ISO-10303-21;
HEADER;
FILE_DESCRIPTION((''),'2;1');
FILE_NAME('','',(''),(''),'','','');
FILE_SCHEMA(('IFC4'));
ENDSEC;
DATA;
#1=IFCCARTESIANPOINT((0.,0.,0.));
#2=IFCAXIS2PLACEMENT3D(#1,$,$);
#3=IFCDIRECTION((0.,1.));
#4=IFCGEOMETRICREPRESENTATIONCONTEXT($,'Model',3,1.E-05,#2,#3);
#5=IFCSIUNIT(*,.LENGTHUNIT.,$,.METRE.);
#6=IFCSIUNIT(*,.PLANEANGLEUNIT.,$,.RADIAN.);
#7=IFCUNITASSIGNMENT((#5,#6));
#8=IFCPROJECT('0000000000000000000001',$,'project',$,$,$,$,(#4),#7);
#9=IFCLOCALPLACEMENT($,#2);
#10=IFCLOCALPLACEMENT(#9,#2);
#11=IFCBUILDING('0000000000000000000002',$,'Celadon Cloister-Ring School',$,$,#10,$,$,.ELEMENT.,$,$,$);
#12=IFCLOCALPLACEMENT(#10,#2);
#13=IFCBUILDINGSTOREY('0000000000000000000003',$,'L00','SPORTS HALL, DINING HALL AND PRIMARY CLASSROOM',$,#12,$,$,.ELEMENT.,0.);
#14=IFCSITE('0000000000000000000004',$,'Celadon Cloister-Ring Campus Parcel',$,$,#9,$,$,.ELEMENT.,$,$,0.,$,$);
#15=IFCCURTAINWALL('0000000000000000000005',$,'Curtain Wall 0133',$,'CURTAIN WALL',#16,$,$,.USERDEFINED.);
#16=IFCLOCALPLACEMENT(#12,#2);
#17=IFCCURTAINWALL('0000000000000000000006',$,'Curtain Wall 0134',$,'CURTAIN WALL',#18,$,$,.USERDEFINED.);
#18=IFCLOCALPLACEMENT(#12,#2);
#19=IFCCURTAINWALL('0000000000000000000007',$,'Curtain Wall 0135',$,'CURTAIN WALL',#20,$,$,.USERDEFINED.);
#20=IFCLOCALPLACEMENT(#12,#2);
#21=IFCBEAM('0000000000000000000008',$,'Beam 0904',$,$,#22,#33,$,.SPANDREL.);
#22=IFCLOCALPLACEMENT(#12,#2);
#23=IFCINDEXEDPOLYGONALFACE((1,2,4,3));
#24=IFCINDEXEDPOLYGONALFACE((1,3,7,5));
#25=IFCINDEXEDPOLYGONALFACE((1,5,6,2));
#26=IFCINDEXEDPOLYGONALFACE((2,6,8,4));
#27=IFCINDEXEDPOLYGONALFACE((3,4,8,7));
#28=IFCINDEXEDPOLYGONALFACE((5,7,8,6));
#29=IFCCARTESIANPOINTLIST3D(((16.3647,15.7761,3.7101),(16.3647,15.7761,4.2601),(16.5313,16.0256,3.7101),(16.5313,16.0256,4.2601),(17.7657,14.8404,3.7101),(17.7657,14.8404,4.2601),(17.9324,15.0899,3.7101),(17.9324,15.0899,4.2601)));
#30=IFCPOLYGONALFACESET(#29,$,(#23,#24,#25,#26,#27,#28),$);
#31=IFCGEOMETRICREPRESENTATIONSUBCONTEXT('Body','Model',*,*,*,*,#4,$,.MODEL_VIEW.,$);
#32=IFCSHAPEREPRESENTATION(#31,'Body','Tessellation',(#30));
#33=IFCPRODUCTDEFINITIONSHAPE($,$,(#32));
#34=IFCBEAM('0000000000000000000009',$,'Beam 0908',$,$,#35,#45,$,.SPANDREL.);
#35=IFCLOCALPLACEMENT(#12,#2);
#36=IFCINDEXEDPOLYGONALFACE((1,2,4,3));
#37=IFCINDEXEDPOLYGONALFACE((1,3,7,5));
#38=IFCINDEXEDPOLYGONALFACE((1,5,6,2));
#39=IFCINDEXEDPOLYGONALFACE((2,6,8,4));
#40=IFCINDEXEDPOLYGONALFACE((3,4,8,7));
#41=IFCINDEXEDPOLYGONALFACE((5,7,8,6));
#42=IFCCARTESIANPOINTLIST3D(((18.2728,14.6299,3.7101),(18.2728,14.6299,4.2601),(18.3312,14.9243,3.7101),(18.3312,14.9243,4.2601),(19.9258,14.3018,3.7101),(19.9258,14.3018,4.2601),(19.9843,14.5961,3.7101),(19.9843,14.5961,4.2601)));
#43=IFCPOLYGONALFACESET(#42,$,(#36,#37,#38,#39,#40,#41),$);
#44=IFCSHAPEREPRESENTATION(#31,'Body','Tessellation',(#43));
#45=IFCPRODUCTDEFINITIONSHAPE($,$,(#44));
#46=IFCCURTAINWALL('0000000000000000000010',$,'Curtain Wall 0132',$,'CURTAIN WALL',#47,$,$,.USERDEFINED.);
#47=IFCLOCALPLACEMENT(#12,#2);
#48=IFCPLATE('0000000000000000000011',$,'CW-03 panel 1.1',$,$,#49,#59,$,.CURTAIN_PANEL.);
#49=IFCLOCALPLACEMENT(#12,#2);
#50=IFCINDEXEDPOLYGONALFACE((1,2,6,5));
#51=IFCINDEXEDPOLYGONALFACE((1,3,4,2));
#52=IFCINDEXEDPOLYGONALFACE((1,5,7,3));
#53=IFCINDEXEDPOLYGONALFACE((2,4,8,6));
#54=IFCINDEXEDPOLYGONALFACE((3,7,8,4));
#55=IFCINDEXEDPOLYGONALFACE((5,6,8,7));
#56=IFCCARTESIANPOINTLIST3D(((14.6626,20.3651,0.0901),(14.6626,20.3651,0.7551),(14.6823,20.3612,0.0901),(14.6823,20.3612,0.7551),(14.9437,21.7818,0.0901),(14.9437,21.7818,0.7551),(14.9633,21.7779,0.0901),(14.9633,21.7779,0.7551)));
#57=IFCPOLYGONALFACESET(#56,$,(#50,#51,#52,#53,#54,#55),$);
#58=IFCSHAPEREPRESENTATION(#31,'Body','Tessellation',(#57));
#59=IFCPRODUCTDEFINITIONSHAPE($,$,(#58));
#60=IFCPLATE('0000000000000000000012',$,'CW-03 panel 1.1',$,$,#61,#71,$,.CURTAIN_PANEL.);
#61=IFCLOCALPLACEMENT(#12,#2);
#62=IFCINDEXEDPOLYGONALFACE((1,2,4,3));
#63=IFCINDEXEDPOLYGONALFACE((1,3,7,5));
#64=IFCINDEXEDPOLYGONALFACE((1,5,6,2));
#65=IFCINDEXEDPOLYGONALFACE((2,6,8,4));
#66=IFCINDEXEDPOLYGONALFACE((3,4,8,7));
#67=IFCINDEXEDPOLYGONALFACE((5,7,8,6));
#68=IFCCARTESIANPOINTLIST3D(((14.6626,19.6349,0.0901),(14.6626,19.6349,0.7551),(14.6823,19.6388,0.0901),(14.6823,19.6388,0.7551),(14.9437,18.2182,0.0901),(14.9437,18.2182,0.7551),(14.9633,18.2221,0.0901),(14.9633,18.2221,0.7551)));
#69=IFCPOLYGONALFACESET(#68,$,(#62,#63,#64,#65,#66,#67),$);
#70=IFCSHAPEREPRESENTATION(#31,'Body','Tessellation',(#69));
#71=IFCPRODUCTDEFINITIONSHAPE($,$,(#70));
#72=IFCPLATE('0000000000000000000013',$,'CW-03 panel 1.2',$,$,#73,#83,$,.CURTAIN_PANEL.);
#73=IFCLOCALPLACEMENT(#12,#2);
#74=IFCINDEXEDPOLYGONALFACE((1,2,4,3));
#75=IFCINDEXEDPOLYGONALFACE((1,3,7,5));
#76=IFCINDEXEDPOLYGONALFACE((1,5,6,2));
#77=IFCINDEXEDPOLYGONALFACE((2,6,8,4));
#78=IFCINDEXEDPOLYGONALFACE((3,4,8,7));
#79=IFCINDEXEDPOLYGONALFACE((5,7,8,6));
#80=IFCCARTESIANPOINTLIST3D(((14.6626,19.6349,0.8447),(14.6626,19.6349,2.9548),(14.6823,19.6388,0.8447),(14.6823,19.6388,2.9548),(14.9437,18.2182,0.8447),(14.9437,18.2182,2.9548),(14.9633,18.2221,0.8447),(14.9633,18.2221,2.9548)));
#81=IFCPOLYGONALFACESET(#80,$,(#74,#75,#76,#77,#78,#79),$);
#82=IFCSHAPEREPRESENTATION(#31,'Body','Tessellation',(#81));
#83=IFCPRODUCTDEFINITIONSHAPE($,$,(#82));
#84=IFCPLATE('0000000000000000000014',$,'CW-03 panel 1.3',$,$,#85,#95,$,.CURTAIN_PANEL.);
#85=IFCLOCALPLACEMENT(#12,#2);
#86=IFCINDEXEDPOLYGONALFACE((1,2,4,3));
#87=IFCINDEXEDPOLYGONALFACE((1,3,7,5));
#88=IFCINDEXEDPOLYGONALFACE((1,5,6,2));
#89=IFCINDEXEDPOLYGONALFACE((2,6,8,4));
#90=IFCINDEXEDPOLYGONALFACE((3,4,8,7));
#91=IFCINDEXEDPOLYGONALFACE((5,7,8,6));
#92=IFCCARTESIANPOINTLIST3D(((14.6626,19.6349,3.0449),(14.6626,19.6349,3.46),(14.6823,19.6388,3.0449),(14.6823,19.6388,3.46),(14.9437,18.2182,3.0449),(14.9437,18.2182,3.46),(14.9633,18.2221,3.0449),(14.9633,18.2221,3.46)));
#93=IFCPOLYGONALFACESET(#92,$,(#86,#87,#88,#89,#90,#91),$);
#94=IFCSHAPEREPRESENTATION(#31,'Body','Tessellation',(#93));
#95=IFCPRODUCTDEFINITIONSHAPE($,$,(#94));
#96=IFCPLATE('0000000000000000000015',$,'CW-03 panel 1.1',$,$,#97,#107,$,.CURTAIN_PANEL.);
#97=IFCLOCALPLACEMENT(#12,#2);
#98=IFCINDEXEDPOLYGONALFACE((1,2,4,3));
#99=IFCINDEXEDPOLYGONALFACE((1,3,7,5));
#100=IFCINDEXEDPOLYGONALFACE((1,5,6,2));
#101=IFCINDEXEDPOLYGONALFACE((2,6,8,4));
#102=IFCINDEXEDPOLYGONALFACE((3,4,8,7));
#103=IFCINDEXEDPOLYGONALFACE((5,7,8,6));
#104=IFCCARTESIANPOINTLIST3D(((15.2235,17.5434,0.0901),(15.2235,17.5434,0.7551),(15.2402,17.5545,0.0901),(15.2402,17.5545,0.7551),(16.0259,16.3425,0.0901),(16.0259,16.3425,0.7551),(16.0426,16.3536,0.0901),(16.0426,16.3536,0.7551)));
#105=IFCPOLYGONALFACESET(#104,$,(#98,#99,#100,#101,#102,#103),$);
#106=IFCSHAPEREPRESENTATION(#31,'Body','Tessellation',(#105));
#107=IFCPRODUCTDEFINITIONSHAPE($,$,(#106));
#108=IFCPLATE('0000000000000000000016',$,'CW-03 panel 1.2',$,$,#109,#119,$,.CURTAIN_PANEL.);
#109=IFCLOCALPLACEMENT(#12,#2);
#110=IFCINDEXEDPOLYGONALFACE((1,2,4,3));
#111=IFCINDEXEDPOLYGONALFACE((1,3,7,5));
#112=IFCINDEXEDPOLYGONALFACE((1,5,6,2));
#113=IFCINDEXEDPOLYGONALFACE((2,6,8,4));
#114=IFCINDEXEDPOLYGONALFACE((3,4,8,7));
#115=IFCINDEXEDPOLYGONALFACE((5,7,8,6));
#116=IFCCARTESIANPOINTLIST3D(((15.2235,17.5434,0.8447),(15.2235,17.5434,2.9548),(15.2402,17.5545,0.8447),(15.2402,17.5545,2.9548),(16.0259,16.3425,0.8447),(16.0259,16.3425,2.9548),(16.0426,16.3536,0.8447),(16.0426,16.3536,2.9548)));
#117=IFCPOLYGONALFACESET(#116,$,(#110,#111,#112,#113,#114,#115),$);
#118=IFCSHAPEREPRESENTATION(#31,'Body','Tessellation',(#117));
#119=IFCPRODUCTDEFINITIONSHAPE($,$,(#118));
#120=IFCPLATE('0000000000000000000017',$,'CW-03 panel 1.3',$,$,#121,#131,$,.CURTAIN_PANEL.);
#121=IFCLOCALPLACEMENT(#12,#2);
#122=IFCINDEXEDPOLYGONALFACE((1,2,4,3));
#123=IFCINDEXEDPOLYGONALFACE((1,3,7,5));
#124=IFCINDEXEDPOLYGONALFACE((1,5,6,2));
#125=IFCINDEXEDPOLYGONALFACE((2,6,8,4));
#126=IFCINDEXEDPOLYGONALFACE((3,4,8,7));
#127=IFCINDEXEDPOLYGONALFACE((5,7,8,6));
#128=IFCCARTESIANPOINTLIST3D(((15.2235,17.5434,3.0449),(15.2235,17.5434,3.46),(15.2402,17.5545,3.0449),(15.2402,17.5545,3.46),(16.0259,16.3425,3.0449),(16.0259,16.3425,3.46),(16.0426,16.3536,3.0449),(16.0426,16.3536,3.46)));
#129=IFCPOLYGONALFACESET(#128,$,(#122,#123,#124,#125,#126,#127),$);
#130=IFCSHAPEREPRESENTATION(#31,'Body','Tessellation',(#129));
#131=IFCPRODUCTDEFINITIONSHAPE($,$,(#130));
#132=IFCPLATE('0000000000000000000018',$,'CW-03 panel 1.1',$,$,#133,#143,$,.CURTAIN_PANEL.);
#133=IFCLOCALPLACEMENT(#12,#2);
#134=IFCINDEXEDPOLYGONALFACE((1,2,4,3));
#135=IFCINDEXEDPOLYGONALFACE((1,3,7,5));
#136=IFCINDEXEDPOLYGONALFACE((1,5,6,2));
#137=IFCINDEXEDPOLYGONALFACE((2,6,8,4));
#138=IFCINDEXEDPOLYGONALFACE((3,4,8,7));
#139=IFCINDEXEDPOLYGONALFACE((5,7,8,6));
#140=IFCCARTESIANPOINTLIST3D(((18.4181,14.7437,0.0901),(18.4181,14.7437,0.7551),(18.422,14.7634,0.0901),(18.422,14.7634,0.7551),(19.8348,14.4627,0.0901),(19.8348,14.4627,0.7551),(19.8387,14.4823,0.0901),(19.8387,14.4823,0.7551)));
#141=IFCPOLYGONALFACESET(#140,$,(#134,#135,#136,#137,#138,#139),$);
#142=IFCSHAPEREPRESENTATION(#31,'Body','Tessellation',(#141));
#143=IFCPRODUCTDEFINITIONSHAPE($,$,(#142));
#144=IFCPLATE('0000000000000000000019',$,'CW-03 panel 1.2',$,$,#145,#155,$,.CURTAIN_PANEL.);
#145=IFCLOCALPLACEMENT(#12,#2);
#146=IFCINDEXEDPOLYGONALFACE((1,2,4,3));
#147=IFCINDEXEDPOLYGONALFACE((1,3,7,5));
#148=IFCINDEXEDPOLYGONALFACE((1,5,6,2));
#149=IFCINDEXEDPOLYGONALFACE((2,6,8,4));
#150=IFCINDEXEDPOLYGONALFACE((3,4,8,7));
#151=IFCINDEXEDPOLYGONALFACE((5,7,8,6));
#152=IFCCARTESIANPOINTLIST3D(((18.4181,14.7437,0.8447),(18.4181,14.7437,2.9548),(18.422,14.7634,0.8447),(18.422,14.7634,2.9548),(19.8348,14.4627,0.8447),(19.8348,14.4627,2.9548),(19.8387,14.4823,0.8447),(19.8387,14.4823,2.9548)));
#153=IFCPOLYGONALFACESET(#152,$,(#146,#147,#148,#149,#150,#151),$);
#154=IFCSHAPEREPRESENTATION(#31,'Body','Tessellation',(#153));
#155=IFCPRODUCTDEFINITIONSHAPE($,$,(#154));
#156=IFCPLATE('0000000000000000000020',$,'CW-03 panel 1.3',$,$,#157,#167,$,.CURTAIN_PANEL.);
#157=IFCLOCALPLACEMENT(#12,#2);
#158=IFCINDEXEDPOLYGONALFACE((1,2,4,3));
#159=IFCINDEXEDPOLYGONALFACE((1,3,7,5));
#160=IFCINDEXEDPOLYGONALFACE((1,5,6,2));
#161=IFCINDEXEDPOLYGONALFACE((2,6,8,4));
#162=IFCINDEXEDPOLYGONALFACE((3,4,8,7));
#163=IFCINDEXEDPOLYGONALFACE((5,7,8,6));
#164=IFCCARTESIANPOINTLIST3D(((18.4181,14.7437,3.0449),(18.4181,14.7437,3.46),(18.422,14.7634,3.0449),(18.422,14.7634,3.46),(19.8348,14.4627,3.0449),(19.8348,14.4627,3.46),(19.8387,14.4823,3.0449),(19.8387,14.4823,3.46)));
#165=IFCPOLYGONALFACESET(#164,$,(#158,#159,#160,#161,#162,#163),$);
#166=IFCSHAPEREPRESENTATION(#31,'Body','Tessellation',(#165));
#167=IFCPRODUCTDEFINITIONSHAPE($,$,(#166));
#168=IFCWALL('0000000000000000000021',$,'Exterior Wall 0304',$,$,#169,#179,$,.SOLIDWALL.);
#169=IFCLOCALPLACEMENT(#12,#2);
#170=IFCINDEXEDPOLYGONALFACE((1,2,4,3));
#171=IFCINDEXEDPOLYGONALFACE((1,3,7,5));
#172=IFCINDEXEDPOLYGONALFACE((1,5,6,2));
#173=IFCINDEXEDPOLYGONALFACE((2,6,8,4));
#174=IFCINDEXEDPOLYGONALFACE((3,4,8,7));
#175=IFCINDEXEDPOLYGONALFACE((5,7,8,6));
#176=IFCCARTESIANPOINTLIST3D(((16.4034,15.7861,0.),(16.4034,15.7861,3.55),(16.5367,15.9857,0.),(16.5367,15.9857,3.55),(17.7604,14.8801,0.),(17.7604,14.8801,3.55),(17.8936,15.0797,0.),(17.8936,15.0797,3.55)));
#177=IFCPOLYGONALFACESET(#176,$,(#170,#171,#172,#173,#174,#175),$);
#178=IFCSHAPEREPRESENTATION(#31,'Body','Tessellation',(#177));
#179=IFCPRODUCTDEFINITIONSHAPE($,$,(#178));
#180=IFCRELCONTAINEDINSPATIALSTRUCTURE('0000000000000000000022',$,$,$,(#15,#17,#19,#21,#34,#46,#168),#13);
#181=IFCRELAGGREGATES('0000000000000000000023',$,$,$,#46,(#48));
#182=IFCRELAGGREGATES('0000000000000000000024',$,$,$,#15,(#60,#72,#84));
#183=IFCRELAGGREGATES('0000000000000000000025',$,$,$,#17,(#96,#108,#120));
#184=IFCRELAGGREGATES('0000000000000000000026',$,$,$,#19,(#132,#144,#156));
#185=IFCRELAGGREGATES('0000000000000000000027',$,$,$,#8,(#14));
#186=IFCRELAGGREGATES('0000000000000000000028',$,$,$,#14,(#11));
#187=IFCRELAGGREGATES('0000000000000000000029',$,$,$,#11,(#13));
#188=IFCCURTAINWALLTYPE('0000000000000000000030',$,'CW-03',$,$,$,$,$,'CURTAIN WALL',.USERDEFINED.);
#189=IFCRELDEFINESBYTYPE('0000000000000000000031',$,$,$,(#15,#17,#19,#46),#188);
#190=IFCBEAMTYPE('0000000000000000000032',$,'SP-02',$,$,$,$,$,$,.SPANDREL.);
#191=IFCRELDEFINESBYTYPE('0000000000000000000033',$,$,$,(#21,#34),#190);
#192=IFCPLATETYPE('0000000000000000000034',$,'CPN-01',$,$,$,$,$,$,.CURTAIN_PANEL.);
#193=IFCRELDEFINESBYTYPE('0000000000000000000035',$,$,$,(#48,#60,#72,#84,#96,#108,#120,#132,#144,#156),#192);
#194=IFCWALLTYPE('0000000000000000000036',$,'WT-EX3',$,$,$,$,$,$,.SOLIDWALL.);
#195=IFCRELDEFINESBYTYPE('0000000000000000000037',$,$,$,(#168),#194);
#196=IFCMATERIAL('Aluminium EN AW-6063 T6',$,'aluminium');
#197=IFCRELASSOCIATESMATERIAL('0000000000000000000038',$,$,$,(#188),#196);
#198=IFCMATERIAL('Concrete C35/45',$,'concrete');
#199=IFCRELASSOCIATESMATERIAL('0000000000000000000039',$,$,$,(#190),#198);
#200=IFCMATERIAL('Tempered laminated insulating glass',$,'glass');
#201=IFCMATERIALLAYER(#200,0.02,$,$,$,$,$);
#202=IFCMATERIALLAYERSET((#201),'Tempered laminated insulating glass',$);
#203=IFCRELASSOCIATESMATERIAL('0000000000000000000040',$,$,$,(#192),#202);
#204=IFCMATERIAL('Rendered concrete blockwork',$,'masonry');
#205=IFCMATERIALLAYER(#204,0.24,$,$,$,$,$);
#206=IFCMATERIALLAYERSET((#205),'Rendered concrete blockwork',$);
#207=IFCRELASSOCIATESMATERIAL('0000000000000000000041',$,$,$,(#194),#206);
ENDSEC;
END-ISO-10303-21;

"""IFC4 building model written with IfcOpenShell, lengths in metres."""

from ifc_helpers import new_model, si_unit, direction, frame, frame_2d, origin, origin_2d, place, context, subcontext, project, spatial, rectangle, extrude, material, layer, layer_set, material_profile, profile_set, type_object, element, aggregate, save


model = new_model("IFC4")

# Units and contexts
model_context = context("Model", 3, precision=1e-05, world=origin(), true_north=direction((0.0, 1.0)))
body_context = subcontext(model_context, "Body", "Model", "MODEL_VIEW")
ifc_project = project(units=[si_unit("LENGTHUNIT", "METRE"), si_unit("PLANEANGLEUNIT", "RADIAN")], contexts=[model_context])

# Site, building, storey
site_placement = place(None, origin())
site = spatial("IfcSite", under=ifc_project, at=site_placement, Name="Celadon Cloister-Ring Campus Parcel", CompositionType="ELEMENT", RefElevation=0.0)
building_placement = place(site_placement, origin())
building = spatial("IfcBuilding", under=site, at=building_placement, Name="Celadon Cloister-Ring School", CompositionType="ELEMENT")
storey_placement = place(building_placement, origin())
storey = spatial("IfcBuildingStorey", under=building, at=storey_placement, Name="L00", Description="SPORTS HALL, DINING HALL AND PRIMARY CLASSROOM", CompositionType="ELEMENT", Elevation=0.0)

# Curtain wall
ifc_material_1 = material(Name="Aluminium EN AW-6063 T6", Category="aluminium")
curtain_wall_type = type_object("IfcCurtainWallType", Name="CW-03", ElementType="CURTAIN WALL", PredefinedType="USERDEFINED", material=ifc_material_1)
curtain_wall_1_placement = place(storey_placement, origin())
curtain_wall_1 = element("IfcCurtainWall", 1, at=curtain_wall_1_placement, inside=storey, type_object=curtain_wall_type, Name="Curtain Wall 0133", ObjectType="CURTAIN WALL", PredefinedType="USERDEFINED")

# Curtain walls
curtain_wall_2_placement = place(storey_placement, origin())
curtain_wall_2 = element("IfcCurtainWall", 2, at=curtain_wall_2_placement, inside=storey, type_object=curtain_wall_type, Name="Curtain Wall 0134", ObjectType="CURTAIN WALL", PredefinedType="USERDEFINED")
curtain_wall_3_placement = place(storey_placement, origin())
curtain_wall_3 = element("IfcCurtainWall", 3, at=curtain_wall_3_placement, inside=storey, type_object=curtain_wall_type, Name="Curtain Wall 0135", ObjectType="CURTAIN WALL", PredefinedType="USERDEFINED")

# Beams
ifc_material_2 = material(Name="Concrete C35/45", Category="concrete")
ifc_material_profile_1 = material_profile(ifc_material_2, rectangle(XDim=0.3, YDim=0.55, at=origin_2d()), Name="RC300X550")
ifc_profile_set_1 = profile_set([ifc_material_profile_1], Name="Concrete C35/45")
beam_type = type_object("IfcBeamType", Name="SP-02", PredefinedType="SPANDREL", material=ifc_profile_set_1)
for number, where, z_axis, x_axis, name in (
    (4, (16.448, 15.9009, 3.9851), (0.831582, -0.555402, 0.0), (0.555402, 0.831582, 0.0), "Beam 0904"),
):
    element("IfcBeam", number, at=place(storey_placement, frame(where, z_axis=z_axis, x_axis=x_axis)), inside=storey, type_object=beam_type, Name=name, PredefinedType="SPANDREL", context=body_context, shape_type="SweptSolid", body=[
        extrude(rectangle(XDim=0.3, YDim=0.55, at=origin_2d()), origin(), (0.0, 0.0, 1.0), 1.6848),
    ])
beam_placement = place(storey_placement, frame((18.302, 14.7771, 3.9851), z_axis=(0.980864, -0.194695, 0.0), x_axis=(0.194695, 0.980864, 0.0)))
element("IfcBeam", 5, at=beam_placement, inside=storey, type_object=beam_type, Name="Beam 0908", PredefinedType="SPANDREL", context=body_context, shape_type="SweptSolid", body=[
    extrude(rectangle(XDim=0.3, YDim=0.55, at=origin_2d()), origin(), (0.0, 0.0, 1.0), 1.6853),
])

# Curtain wall, plate
curtain_wall_4_placement = place(storey_placement, origin())
curtain_wall_4 = element("IfcCurtainWall", 6, at=curtain_wall_4_placement, inside=storey, type_object=curtain_wall_type, Name="Curtain Wall 0132", ObjectType="CURTAIN WALL", PredefinedType="USERDEFINED")
ifc_material_3 = material(Name="Tempered laminated insulating glass", Category="glass")
ifc_layer_1 = layer(ifc_material_3, 0.02)
ifc_layer_set_1 = layer_set([ifc_layer_1], Name="Tempered laminated insulating glass")
plate_type = type_object("IfcPlateType", Name="CPN-01", PredefinedType="CURTAIN_PANEL", material=ifc_layer_set_1)
plate_1_placement = place(storey_placement, frame((14.813, 21.0715, 0.0901), z_axis=(0.0, 0.0, 1.0), x_axis=(-0.194586, -0.980885, 0.0)))
plate_1 = element("IfcPlate", 7, at=plate_1_placement, type_object=plate_type, Name="CW-03 panel 1.1", PredefinedType="CURTAIN_PANEL", context=body_context, shape_type="SweptSolid", body=[
    extrude(rectangle(XDim=1.4443, YDim=0.02, at=origin_2d()), origin(), (0.0, 0.0, 1.0), 0.665),
])
aggregate(curtain_wall_4, [plate_1])

# Plates
plate_2_placement = place(storey_placement, frame((14.813, 18.9285, 0.0901), z_axis=(0.0, 0.0, 1.0), x_axis=(0.194586, -0.980885, 0.0)))
plate_2 = element("IfcPlate", 8, at=plate_2_placement, type_object=plate_type, Name="CW-03 panel 1.1", PredefinedType="CURTAIN_PANEL", context=body_context, shape_type="SweptSolid", body=[
    extrude(rectangle(XDim=1.4443, YDim=0.02, at=origin_2d()), origin(), (0.0, 0.0, 1.0), 0.665),
])
plate_3_placement = place(storey_placement, frame((14.813, 18.9285, 0.8447), z_axis=(0.0, 0.0, 1.0), x_axis=(0.194586, -0.980885, 0.0)))
plate_3 = element("IfcPlate", 9, at=plate_3_placement, type_object=plate_type, Name="CW-03 panel 1.2", PredefinedType="CURTAIN_PANEL", context=body_context, shape_type="SweptSolid", body=[
    extrude(rectangle(XDim=1.4443, YDim=0.02, at=origin_2d()), origin(), (0.0, 0.0, 1.0), 2.1101),
])
plate_4_placement = place(storey_placement, frame((14.813, 18.9285, 3.0449), z_axis=(0.0, 0.0, 1.0), x_axis=(0.194586, -0.980885, 0.0)))
plate_4 = element("IfcPlate", 10, at=plate_4_placement, type_object=plate_type, Name="CW-03 panel 1.3", PredefinedType="CURTAIN_PANEL", context=body_context, shape_type="SweptSolid", body=[
    extrude(rectangle(XDim=1.4443, YDim=0.02, at=origin_2d()), origin(), (0.0, 0.0, 1.0), 0.415),
])
aggregate(curtain_wall_1, [plate_2, plate_3, plate_4])
plate_5_placement = place(storey_placement, frame((15.6331, 16.9485, 0.0901), z_axis=(0.0, 0.0, 1.0), x_axis=(0.555547, -0.831485, 0.0)))
plate_5 = element("IfcPlate", 11, at=plate_5_placement, type_object=plate_type, Name="CW-03 panel 1.1", PredefinedType="CURTAIN_PANEL", context=body_context, shape_type="SweptSolid", body=[
    extrude(rectangle(XDim=1.4443, YDim=0.02, at=origin_2d()), origin(), (0.0, 0.0, 1.0), 0.665),
])
plate_6_placement = place(storey_placement, frame((15.6331, 16.9485, 0.8447), z_axis=(0.0, 0.0, 1.0), x_axis=(0.555547, -0.831485, 0.0)))
plate_6 = element("IfcPlate", 12, at=plate_6_placement, type_object=plate_type, Name="CW-03 panel 1.2", PredefinedType="CURTAIN_PANEL", context=body_context, shape_type="SweptSolid", body=[
    extrude(rectangle(XDim=1.4443, YDim=0.02, at=origin_2d()), origin(), (0.0, 0.0, 1.0), 2.1101),
])
plate_7_placement = place(storey_placement, frame((15.6331, 16.9485, 3.0449), z_axis=(0.0, 0.0, 1.0), x_axis=(0.555547, -0.831485, 0.0)))
plate_7 = element("IfcPlate", 13, at=plate_7_placement, type_object=plate_type, Name="CW-03 panel 1.3", PredefinedType="CURTAIN_PANEL", context=body_context, shape_type="SweptSolid", body=[
    extrude(rectangle(XDim=1.4443, YDim=0.02, at=origin_2d()), origin(), (0.0, 0.0, 1.0), 0.415),
])
aggregate(curtain_wall_2, [plate_5, plate_6, plate_7])
plate_8_placement = place(storey_placement, frame((19.1284, 14.613, 0.0901), z_axis=(0.0, 0.0, 1.0), x_axis=(0.980885, -0.194586, 0.0)))
plate_8 = element("IfcPlate", 14, at=plate_8_placement, type_object=plate_type, Name="CW-03 panel 1.1", PredefinedType="CURTAIN_PANEL", context=body_context, shape_type="SweptSolid", body=[
    extrude(rectangle(XDim=1.4443, YDim=0.02, at=origin_2d()), origin(), (0.0, 0.0, 1.0), 0.665),
])
plate_9_placement = place(storey_placement, frame((19.1284, 14.613, 0.8447), z_axis=(0.0, 0.0, 1.0), x_axis=(0.980885, -0.194586, 0.0)))
plate_9 = element("IfcPlate", 15, at=plate_9_placement, type_object=plate_type, Name="CW-03 panel 1.2", PredefinedType="CURTAIN_PANEL", context=body_context, shape_type="SweptSolid", body=[
    extrude(rectangle(XDim=1.4443, YDim=0.02, at=origin_2d()), origin(), (0.0, 0.0, 1.0), 2.1101),
])
plate_10_placement = place(storey_placement, frame((19.1284, 14.613, 3.0449), z_axis=(0.0, 0.0, 1.0), x_axis=(0.980885, -0.194586, 0.0)))
plate_10 = element("IfcPlate", 16, at=plate_10_placement, type_object=plate_type, Name="CW-03 panel 1.3", PredefinedType="CURTAIN_PANEL", context=body_context, shape_type="SweptSolid", body=[
    extrude(rectangle(XDim=1.4443, YDim=0.02, at=origin_2d()), origin(), (0.0, 0.0, 1.0), 0.415),
])
aggregate(curtain_wall_3, [plate_8, plate_9, plate_10])

# Wall
ifc_material_4 = material(Name="Rendered concrete blockwork", Category="masonry")
ifc_layer_2 = layer(ifc_material_4, 0.24)
ifc_layer_set_2 = layer_set([ifc_layer_2], Name="Rendered concrete blockwork")
wall_type = type_object("IfcWallType", Name="WT-EX3", PredefinedType="SOLIDWALL", material=ifc_layer_set_2)
wall_placement = place(storey_placement, frame((16.47, 15.886, 0.0), z_axis=(0.0, 0.0, 1.0), x_axis=(0.831659, -0.555287, 0.0)))
element("IfcWall", 17, at=wall_placement, inside=storey, type_object=wall_type, Name="Exterior Wall 0304", PredefinedType="SOLIDWALL", context=body_context, shape_type="SweptSolid", body=[
    extrude(rectangle(XDim=1.6316, YDim=0.24, at=frame_2d((0.8159, 0.0))), origin(), (0.0, 0.0, 1.0), 3.55),
])

save(model, "model.ifc")
